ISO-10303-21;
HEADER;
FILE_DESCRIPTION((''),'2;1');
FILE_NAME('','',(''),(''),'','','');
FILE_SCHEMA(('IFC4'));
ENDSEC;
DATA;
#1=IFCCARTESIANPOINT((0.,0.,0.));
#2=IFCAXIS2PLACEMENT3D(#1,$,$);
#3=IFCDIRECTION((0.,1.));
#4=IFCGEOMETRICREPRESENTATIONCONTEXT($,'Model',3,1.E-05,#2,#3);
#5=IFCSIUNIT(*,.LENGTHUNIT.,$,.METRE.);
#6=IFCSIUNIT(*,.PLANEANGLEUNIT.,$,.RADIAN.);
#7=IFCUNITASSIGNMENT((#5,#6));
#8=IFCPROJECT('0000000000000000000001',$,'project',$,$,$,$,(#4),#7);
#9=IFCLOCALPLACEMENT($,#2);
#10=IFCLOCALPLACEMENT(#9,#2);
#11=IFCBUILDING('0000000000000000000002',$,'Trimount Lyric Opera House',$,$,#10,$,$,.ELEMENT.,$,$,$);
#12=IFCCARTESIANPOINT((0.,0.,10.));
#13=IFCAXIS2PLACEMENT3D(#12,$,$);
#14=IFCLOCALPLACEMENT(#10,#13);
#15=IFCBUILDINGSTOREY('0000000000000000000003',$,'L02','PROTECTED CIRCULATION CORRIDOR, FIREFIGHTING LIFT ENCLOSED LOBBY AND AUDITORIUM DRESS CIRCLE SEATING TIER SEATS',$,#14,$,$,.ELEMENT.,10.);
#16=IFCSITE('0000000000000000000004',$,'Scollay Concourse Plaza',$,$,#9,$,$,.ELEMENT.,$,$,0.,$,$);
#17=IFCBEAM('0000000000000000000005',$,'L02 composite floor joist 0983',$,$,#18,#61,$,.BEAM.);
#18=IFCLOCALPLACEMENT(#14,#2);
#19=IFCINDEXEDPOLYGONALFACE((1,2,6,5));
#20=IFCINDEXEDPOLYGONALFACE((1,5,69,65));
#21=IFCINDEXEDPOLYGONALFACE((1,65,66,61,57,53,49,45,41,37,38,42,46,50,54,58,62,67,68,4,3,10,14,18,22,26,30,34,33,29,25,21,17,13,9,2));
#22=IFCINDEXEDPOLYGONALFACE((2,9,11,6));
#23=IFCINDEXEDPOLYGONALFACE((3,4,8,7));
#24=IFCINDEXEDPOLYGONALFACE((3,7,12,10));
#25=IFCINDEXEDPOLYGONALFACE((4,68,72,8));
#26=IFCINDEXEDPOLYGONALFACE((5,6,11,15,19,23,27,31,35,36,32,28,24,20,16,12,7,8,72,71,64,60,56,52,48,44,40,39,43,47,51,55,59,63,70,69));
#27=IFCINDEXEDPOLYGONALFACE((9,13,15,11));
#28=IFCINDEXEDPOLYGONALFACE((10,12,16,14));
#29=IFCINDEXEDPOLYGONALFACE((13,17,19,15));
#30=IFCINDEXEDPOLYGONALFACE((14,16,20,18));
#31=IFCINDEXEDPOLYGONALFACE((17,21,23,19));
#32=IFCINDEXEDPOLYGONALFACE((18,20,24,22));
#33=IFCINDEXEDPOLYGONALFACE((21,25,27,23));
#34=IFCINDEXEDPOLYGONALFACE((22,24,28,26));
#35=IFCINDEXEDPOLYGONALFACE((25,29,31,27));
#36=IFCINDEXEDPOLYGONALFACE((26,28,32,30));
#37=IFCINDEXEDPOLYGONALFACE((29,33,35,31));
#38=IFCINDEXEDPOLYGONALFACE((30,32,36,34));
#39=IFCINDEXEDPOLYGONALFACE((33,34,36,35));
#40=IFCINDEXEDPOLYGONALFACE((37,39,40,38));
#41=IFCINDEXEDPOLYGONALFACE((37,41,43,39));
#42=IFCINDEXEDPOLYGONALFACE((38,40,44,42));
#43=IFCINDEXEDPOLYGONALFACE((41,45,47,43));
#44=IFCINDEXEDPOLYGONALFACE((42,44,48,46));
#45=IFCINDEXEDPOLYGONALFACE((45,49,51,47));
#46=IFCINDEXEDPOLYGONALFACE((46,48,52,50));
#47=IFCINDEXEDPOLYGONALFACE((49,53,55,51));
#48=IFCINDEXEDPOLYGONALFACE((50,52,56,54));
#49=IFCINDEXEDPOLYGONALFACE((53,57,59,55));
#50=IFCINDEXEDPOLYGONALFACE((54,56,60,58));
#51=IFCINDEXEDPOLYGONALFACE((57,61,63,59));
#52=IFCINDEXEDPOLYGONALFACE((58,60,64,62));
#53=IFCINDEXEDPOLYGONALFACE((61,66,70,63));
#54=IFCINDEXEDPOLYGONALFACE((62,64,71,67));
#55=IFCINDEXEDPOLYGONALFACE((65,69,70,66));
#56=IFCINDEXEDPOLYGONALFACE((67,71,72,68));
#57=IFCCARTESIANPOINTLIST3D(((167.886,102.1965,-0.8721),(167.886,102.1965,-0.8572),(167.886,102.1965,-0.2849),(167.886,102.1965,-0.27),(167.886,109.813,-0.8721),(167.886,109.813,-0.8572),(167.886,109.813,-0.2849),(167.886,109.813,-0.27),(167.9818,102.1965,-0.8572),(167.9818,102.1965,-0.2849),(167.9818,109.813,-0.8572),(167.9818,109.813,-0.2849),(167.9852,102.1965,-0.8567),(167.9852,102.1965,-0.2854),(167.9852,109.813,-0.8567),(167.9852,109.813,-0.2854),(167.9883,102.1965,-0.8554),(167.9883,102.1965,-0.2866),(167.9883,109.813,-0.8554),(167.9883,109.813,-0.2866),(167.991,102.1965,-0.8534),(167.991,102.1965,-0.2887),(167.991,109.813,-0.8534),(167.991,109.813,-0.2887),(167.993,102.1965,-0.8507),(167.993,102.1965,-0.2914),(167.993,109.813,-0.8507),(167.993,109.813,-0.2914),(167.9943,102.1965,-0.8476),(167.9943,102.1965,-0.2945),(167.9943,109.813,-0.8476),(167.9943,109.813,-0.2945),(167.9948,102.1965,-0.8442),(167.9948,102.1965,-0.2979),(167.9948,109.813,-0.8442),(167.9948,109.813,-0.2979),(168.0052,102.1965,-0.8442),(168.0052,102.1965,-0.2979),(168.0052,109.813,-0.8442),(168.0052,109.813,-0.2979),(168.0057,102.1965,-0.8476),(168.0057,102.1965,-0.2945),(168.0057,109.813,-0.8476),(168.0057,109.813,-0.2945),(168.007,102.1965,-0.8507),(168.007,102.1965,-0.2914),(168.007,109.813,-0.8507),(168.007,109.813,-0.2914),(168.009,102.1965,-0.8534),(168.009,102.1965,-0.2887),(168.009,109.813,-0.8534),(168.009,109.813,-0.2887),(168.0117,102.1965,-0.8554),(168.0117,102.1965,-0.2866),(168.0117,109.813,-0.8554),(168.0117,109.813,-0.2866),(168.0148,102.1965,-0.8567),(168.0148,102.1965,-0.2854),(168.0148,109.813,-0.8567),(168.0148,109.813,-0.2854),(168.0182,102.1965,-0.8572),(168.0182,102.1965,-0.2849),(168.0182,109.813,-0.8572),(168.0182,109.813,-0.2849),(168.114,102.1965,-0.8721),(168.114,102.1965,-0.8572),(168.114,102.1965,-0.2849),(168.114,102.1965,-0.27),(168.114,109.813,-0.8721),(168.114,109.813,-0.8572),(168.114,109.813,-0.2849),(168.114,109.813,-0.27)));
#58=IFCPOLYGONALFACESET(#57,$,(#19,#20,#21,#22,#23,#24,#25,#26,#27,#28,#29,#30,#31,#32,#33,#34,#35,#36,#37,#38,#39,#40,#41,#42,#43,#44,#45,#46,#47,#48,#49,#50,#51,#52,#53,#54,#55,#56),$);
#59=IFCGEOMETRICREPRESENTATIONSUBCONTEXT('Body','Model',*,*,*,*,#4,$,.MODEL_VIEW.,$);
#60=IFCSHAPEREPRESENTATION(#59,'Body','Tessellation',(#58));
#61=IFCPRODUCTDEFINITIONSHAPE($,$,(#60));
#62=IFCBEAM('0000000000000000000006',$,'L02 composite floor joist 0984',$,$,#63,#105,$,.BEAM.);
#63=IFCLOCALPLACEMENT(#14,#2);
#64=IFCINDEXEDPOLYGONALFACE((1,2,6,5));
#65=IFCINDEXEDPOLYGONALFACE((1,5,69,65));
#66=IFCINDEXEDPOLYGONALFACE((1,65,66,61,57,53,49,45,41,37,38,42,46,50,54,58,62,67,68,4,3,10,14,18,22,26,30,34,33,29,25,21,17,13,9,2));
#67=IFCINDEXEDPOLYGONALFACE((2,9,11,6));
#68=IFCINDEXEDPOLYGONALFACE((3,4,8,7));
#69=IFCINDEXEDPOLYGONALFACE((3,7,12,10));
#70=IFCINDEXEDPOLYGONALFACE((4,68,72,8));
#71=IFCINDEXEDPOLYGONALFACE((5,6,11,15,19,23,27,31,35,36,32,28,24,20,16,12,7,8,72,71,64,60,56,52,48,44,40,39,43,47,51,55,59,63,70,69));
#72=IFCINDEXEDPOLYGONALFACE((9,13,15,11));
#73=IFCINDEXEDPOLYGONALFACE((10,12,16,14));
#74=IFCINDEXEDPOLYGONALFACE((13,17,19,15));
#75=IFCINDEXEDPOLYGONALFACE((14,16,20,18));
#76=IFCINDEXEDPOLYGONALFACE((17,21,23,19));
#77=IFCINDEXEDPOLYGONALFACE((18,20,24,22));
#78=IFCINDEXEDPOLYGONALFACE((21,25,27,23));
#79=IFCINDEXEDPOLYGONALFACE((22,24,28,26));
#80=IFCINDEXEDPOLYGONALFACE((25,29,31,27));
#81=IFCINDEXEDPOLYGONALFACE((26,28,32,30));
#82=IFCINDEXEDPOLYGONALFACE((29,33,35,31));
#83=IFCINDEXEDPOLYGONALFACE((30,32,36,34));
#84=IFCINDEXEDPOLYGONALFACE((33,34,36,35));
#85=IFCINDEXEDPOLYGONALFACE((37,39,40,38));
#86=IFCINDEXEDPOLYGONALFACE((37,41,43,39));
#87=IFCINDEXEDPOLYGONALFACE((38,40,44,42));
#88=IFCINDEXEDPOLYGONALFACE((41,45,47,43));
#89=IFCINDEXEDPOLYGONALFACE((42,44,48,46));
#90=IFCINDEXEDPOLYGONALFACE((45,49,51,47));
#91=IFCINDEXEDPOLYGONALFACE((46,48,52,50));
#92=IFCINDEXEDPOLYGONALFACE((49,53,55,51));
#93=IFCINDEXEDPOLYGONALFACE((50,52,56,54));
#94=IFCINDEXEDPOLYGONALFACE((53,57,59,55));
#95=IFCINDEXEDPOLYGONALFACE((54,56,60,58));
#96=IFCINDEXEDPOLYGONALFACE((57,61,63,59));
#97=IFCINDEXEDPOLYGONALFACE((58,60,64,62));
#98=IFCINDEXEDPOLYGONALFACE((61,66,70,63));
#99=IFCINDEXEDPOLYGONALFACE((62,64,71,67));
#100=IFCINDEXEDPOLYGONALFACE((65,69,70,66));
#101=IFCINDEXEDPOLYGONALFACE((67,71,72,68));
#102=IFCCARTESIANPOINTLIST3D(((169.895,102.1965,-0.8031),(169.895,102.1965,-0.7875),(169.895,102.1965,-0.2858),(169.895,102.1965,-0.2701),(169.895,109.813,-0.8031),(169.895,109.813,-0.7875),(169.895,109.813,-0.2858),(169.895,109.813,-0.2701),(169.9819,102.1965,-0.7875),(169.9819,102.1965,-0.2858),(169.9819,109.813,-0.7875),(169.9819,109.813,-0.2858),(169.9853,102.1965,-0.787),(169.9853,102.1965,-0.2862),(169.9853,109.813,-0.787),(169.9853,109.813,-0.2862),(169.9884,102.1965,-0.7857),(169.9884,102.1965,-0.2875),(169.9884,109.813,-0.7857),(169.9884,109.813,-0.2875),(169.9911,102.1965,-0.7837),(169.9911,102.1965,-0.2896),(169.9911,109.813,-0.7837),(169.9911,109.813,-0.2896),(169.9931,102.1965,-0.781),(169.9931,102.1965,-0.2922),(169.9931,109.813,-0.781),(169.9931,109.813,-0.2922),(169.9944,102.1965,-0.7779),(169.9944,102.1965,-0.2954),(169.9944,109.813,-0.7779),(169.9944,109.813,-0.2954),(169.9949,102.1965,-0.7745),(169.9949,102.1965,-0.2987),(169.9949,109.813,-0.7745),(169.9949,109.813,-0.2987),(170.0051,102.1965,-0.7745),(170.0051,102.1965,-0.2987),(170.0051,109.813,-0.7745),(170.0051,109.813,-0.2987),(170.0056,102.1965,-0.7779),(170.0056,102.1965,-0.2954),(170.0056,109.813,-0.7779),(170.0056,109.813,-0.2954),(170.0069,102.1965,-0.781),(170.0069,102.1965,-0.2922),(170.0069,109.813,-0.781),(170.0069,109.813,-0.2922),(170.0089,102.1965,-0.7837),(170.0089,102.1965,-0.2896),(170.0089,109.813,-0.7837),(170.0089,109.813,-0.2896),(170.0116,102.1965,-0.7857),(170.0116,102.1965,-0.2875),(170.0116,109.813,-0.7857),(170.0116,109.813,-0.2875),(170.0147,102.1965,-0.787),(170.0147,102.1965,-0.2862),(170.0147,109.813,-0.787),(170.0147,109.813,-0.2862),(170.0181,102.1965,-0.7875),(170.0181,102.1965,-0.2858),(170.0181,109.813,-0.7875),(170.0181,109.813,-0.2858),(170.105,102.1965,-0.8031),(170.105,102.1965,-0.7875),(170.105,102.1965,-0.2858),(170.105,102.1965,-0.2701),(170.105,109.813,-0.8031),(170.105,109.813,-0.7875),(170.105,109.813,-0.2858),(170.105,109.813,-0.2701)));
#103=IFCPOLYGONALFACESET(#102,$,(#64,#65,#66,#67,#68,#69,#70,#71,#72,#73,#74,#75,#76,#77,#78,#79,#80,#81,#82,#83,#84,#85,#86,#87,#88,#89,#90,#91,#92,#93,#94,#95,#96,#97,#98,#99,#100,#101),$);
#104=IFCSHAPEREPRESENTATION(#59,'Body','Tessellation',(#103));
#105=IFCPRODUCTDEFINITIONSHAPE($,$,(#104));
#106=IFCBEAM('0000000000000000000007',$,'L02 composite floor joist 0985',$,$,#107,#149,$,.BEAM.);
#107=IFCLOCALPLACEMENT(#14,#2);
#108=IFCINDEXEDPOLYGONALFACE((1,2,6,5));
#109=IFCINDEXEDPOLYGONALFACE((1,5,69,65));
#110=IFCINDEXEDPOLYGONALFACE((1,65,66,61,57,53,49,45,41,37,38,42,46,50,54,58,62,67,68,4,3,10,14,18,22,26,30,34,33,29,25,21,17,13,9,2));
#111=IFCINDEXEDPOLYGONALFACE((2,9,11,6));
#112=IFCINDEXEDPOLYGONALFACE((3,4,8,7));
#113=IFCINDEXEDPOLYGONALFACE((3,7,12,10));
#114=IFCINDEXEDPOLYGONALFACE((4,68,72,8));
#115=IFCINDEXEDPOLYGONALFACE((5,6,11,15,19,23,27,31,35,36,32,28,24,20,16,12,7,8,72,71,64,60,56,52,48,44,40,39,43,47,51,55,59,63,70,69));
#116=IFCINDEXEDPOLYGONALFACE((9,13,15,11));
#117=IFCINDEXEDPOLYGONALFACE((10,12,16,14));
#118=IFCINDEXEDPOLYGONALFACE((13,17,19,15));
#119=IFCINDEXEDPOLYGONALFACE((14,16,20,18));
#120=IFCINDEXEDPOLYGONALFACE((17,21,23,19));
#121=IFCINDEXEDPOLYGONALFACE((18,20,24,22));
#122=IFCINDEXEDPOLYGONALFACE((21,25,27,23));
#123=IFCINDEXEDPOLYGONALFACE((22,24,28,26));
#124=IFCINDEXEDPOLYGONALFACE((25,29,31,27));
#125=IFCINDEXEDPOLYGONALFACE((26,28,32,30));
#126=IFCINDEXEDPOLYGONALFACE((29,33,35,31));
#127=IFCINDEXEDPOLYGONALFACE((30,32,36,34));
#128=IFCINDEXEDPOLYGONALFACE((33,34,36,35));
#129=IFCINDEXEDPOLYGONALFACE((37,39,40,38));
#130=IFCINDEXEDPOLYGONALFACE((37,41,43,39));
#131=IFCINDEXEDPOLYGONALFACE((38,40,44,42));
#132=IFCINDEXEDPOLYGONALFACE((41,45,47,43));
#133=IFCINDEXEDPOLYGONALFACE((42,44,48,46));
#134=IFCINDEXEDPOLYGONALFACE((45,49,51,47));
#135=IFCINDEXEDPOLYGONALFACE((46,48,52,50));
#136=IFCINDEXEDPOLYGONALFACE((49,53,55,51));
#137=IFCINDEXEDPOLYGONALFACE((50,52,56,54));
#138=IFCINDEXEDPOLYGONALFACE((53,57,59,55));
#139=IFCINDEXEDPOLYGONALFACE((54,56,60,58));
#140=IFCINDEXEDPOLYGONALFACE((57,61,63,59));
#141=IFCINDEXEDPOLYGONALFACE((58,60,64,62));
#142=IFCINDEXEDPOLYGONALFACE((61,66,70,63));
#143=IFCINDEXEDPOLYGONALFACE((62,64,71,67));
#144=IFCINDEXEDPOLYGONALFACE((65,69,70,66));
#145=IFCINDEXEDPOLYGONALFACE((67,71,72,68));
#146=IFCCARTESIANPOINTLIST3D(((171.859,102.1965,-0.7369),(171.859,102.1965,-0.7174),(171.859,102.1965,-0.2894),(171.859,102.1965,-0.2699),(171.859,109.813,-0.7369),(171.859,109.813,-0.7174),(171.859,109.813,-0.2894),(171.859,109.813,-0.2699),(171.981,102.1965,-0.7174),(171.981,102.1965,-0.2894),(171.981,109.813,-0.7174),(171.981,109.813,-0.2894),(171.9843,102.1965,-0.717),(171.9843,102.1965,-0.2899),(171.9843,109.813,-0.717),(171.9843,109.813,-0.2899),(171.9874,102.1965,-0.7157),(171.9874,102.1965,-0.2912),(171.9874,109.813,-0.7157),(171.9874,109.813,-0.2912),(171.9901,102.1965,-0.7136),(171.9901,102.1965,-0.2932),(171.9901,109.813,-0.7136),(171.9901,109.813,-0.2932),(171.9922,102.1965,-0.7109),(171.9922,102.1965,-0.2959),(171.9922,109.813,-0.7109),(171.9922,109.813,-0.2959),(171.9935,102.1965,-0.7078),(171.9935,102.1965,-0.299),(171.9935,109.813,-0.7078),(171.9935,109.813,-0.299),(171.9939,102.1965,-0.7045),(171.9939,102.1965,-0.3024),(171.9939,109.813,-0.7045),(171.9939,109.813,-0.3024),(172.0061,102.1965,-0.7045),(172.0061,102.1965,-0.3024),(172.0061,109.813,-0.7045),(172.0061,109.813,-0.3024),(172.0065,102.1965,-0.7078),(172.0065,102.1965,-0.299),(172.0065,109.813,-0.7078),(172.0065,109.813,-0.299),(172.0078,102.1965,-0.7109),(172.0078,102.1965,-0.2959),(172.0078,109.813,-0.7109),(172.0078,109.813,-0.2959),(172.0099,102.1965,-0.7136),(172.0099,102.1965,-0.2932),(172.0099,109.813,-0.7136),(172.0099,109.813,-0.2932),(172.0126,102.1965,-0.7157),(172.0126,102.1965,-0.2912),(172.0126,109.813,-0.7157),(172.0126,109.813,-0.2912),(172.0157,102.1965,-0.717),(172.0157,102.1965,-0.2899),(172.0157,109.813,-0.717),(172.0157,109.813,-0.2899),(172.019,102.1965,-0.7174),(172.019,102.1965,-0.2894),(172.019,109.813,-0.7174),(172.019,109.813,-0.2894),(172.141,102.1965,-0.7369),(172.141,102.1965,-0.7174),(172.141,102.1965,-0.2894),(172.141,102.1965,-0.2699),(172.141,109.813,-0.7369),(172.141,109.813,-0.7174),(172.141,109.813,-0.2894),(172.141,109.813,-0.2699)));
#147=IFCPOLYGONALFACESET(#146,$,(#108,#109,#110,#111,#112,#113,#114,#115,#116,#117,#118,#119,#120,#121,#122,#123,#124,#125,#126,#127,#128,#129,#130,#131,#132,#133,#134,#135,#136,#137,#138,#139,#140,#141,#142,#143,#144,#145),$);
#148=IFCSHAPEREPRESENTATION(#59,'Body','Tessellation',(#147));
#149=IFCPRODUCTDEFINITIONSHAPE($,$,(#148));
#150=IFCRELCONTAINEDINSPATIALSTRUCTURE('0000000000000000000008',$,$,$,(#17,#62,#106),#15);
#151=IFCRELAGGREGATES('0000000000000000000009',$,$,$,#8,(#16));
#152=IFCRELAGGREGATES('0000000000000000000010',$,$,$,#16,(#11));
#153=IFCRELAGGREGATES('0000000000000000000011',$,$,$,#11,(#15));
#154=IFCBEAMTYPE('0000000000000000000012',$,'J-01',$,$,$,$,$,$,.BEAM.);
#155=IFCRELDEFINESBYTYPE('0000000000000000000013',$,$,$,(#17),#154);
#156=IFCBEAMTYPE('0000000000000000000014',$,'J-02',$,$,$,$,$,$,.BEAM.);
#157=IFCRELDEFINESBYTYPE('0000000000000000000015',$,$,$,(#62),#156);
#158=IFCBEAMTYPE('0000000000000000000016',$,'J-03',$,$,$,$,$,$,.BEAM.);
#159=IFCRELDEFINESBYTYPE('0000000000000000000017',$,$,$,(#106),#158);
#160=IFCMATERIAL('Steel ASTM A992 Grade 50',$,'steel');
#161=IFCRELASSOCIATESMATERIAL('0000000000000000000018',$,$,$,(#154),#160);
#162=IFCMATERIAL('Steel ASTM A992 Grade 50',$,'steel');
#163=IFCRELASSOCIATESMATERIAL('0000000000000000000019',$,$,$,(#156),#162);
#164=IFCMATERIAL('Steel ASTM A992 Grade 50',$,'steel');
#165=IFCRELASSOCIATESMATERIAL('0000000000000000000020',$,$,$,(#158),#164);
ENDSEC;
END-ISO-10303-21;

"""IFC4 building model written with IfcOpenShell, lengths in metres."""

from ifc_helpers import new_model, si_unit, direction, frame, origin, origin_2d, place, context, subcontext, project, spatial, i_section, extrude, material, material_profile, profile_set, type_object, element, save


model = new_model("IFC4")

# Units and contexts
model_context = context("Model", 3, precision=1e-05, world=origin(), true_north=direction((0.0, 1.0)))
body_context = subcontext(model_context, "Body", "Model", "MODEL_VIEW")
ifc_project = project(units=[si_unit("LENGTHUNIT", "METRE"), si_unit("PLANEANGLEUNIT", "RADIAN")], contexts=[model_context])

# Site, building, storey
site_placement = place(None, origin())
site = spatial("IfcSite", under=ifc_project, at=site_placement, Name="Scollay Concourse Plaza", CompositionType="ELEMENT", RefElevation=0.0)
building_placement = place(site_placement, origin())
building = spatial("IfcBuilding", under=site, at=building_placement, Name="Trimount Lyric Opera House", CompositionType="ELEMENT")
storey_placement = place(building_placement, frame((0.0, 0.0, 10.0)))
storey = spatial("IfcBuildingStorey", under=building, at=storey_placement, Name="L02", Description="PROTECTED CIRCULATION CORRIDOR, FIREFIGHTING LIFT ENCLOSED LOBBY AND AUDITORIUM DRESS CIRCLE SEATING TIER SEATS", CompositionType="ELEMENT", Elevation=10.0)

# Beams
ifc_material_1 = material(Name="Steel ASTM A992 Grade 50", Category="steel")
ifc_material_profile_1 = material_profile(ifc_material_1, i_section(OverallWidth=0.228, OverallDepth=0.6021, WebThickness=0.0105, FlangeThickness=0.0149, FilletRadius=0.0129, at=origin_2d()), Name="W24X68")
ifc_profile_set_1 = profile_set([ifc_material_profile_1], Name="Steel ASTM A992 Grade 50")
beam_type_1 = type_object("IfcBeamType", Name="J-01", PredefinedType="BEAM", material=ifc_profile_set_1)
beam_1_placement = place(storey_placement, frame((168.0, 102.1965, -0.571), z_axis=(0.0, 1.0, 0.0), x_axis=(-1.0, 0.0, 0.0)))
element("IfcBeam", 1, at=beam_1_placement, inside=storey, type_object=beam_type_1, Name="L02 composite floor joist 0983", PredefinedType="BEAM", context=body_context, shape_type="SweptSolid", body=[
    extrude(i_section(OverallWidth=0.228, OverallDepth=0.6021, WebThickness=0.0105, FlangeThickness=0.0149, FilletRadius=0.0129, at=origin_2d()), origin(), (0.0, 0.0, 1.0), 7.6165),
])
ifc_material_2 = material(Name="Steel ASTM A992 Grade 50", Category="steel")
ifc_material_profile_2 = material_profile(ifc_material_2, i_section(OverallWidth=0.21, OverallDepth=0.533, WebThickness=0.0103, FlangeThickness=0.0156, FilletRadius=0.0129, at=origin_2d()), Name="W21X62")
ifc_profile_set_2 = profile_set([ifc_material_profile_2], Name="Steel ASTM A992 Grade 50")
beam_type_2 = type_object("IfcBeamType", Name="J-02", PredefinedType="BEAM", material=ifc_profile_set_2)
beam_2_placement = place(storey_placement, frame((170.0, 102.1965, -0.5366), z_axis=(0.0, 1.0, 0.0), x_axis=(-1.0, 0.0, 0.0)))
element("IfcBeam", 2, at=beam_2_placement, inside=storey, type_object=beam_type_2, Name="L02 composite floor joist 0984", PredefinedType="BEAM", context=body_context, shape_type="SweptSolid", body=[
    extrude(i_section(OverallWidth=0.21, OverallDepth=0.533, WebThickness=0.0103, FlangeThickness=0.0156, FilletRadius=0.0129, at=origin_2d()), origin(), (0.0, 0.0, 1.0), 7.6165),
])
ifc_material_3 = material(Name="Steel ASTM A992 Grade 50", Category="steel")
ifc_material_profile_3 = material_profile(ifc_material_3, i_section(OverallWidth=0.282, OverallDepth=0.467, WebThickness=0.0122, FlangeThickness=0.0195, FilletRadius=0.0129, at=origin_2d()), Name="W18X86")
ifc_profile_set_3 = profile_set([ifc_material_profile_3], Name="Steel ASTM A992 Grade 50")
beam_type_3 = type_object("IfcBeamType", Name="J-03", PredefinedType="BEAM", material=ifc_profile_set_3)
beam_3_placement = place(storey_placement, frame((172.0, 102.1965, -0.5034), z_axis=(0.0, 1.0, 0.0), x_axis=(-1.0, 0.0, 0.0)))
element("IfcBeam", 3, at=beam_3_placement, inside=storey, type_object=beam_type_3, Name="L02 composite floor joist 0985", PredefinedType="BEAM", context=body_context, shape_type="SweptSolid", body=[
    extrude(i_section(OverallWidth=0.282, OverallDepth=0.467, WebThickness=0.0122, FlangeThickness=0.0195, FilletRadius=0.0129, at=origin_2d()), origin(), (0.0, 0.0, 1.0), 7.6165),
])

save(model, "model.ifc")
